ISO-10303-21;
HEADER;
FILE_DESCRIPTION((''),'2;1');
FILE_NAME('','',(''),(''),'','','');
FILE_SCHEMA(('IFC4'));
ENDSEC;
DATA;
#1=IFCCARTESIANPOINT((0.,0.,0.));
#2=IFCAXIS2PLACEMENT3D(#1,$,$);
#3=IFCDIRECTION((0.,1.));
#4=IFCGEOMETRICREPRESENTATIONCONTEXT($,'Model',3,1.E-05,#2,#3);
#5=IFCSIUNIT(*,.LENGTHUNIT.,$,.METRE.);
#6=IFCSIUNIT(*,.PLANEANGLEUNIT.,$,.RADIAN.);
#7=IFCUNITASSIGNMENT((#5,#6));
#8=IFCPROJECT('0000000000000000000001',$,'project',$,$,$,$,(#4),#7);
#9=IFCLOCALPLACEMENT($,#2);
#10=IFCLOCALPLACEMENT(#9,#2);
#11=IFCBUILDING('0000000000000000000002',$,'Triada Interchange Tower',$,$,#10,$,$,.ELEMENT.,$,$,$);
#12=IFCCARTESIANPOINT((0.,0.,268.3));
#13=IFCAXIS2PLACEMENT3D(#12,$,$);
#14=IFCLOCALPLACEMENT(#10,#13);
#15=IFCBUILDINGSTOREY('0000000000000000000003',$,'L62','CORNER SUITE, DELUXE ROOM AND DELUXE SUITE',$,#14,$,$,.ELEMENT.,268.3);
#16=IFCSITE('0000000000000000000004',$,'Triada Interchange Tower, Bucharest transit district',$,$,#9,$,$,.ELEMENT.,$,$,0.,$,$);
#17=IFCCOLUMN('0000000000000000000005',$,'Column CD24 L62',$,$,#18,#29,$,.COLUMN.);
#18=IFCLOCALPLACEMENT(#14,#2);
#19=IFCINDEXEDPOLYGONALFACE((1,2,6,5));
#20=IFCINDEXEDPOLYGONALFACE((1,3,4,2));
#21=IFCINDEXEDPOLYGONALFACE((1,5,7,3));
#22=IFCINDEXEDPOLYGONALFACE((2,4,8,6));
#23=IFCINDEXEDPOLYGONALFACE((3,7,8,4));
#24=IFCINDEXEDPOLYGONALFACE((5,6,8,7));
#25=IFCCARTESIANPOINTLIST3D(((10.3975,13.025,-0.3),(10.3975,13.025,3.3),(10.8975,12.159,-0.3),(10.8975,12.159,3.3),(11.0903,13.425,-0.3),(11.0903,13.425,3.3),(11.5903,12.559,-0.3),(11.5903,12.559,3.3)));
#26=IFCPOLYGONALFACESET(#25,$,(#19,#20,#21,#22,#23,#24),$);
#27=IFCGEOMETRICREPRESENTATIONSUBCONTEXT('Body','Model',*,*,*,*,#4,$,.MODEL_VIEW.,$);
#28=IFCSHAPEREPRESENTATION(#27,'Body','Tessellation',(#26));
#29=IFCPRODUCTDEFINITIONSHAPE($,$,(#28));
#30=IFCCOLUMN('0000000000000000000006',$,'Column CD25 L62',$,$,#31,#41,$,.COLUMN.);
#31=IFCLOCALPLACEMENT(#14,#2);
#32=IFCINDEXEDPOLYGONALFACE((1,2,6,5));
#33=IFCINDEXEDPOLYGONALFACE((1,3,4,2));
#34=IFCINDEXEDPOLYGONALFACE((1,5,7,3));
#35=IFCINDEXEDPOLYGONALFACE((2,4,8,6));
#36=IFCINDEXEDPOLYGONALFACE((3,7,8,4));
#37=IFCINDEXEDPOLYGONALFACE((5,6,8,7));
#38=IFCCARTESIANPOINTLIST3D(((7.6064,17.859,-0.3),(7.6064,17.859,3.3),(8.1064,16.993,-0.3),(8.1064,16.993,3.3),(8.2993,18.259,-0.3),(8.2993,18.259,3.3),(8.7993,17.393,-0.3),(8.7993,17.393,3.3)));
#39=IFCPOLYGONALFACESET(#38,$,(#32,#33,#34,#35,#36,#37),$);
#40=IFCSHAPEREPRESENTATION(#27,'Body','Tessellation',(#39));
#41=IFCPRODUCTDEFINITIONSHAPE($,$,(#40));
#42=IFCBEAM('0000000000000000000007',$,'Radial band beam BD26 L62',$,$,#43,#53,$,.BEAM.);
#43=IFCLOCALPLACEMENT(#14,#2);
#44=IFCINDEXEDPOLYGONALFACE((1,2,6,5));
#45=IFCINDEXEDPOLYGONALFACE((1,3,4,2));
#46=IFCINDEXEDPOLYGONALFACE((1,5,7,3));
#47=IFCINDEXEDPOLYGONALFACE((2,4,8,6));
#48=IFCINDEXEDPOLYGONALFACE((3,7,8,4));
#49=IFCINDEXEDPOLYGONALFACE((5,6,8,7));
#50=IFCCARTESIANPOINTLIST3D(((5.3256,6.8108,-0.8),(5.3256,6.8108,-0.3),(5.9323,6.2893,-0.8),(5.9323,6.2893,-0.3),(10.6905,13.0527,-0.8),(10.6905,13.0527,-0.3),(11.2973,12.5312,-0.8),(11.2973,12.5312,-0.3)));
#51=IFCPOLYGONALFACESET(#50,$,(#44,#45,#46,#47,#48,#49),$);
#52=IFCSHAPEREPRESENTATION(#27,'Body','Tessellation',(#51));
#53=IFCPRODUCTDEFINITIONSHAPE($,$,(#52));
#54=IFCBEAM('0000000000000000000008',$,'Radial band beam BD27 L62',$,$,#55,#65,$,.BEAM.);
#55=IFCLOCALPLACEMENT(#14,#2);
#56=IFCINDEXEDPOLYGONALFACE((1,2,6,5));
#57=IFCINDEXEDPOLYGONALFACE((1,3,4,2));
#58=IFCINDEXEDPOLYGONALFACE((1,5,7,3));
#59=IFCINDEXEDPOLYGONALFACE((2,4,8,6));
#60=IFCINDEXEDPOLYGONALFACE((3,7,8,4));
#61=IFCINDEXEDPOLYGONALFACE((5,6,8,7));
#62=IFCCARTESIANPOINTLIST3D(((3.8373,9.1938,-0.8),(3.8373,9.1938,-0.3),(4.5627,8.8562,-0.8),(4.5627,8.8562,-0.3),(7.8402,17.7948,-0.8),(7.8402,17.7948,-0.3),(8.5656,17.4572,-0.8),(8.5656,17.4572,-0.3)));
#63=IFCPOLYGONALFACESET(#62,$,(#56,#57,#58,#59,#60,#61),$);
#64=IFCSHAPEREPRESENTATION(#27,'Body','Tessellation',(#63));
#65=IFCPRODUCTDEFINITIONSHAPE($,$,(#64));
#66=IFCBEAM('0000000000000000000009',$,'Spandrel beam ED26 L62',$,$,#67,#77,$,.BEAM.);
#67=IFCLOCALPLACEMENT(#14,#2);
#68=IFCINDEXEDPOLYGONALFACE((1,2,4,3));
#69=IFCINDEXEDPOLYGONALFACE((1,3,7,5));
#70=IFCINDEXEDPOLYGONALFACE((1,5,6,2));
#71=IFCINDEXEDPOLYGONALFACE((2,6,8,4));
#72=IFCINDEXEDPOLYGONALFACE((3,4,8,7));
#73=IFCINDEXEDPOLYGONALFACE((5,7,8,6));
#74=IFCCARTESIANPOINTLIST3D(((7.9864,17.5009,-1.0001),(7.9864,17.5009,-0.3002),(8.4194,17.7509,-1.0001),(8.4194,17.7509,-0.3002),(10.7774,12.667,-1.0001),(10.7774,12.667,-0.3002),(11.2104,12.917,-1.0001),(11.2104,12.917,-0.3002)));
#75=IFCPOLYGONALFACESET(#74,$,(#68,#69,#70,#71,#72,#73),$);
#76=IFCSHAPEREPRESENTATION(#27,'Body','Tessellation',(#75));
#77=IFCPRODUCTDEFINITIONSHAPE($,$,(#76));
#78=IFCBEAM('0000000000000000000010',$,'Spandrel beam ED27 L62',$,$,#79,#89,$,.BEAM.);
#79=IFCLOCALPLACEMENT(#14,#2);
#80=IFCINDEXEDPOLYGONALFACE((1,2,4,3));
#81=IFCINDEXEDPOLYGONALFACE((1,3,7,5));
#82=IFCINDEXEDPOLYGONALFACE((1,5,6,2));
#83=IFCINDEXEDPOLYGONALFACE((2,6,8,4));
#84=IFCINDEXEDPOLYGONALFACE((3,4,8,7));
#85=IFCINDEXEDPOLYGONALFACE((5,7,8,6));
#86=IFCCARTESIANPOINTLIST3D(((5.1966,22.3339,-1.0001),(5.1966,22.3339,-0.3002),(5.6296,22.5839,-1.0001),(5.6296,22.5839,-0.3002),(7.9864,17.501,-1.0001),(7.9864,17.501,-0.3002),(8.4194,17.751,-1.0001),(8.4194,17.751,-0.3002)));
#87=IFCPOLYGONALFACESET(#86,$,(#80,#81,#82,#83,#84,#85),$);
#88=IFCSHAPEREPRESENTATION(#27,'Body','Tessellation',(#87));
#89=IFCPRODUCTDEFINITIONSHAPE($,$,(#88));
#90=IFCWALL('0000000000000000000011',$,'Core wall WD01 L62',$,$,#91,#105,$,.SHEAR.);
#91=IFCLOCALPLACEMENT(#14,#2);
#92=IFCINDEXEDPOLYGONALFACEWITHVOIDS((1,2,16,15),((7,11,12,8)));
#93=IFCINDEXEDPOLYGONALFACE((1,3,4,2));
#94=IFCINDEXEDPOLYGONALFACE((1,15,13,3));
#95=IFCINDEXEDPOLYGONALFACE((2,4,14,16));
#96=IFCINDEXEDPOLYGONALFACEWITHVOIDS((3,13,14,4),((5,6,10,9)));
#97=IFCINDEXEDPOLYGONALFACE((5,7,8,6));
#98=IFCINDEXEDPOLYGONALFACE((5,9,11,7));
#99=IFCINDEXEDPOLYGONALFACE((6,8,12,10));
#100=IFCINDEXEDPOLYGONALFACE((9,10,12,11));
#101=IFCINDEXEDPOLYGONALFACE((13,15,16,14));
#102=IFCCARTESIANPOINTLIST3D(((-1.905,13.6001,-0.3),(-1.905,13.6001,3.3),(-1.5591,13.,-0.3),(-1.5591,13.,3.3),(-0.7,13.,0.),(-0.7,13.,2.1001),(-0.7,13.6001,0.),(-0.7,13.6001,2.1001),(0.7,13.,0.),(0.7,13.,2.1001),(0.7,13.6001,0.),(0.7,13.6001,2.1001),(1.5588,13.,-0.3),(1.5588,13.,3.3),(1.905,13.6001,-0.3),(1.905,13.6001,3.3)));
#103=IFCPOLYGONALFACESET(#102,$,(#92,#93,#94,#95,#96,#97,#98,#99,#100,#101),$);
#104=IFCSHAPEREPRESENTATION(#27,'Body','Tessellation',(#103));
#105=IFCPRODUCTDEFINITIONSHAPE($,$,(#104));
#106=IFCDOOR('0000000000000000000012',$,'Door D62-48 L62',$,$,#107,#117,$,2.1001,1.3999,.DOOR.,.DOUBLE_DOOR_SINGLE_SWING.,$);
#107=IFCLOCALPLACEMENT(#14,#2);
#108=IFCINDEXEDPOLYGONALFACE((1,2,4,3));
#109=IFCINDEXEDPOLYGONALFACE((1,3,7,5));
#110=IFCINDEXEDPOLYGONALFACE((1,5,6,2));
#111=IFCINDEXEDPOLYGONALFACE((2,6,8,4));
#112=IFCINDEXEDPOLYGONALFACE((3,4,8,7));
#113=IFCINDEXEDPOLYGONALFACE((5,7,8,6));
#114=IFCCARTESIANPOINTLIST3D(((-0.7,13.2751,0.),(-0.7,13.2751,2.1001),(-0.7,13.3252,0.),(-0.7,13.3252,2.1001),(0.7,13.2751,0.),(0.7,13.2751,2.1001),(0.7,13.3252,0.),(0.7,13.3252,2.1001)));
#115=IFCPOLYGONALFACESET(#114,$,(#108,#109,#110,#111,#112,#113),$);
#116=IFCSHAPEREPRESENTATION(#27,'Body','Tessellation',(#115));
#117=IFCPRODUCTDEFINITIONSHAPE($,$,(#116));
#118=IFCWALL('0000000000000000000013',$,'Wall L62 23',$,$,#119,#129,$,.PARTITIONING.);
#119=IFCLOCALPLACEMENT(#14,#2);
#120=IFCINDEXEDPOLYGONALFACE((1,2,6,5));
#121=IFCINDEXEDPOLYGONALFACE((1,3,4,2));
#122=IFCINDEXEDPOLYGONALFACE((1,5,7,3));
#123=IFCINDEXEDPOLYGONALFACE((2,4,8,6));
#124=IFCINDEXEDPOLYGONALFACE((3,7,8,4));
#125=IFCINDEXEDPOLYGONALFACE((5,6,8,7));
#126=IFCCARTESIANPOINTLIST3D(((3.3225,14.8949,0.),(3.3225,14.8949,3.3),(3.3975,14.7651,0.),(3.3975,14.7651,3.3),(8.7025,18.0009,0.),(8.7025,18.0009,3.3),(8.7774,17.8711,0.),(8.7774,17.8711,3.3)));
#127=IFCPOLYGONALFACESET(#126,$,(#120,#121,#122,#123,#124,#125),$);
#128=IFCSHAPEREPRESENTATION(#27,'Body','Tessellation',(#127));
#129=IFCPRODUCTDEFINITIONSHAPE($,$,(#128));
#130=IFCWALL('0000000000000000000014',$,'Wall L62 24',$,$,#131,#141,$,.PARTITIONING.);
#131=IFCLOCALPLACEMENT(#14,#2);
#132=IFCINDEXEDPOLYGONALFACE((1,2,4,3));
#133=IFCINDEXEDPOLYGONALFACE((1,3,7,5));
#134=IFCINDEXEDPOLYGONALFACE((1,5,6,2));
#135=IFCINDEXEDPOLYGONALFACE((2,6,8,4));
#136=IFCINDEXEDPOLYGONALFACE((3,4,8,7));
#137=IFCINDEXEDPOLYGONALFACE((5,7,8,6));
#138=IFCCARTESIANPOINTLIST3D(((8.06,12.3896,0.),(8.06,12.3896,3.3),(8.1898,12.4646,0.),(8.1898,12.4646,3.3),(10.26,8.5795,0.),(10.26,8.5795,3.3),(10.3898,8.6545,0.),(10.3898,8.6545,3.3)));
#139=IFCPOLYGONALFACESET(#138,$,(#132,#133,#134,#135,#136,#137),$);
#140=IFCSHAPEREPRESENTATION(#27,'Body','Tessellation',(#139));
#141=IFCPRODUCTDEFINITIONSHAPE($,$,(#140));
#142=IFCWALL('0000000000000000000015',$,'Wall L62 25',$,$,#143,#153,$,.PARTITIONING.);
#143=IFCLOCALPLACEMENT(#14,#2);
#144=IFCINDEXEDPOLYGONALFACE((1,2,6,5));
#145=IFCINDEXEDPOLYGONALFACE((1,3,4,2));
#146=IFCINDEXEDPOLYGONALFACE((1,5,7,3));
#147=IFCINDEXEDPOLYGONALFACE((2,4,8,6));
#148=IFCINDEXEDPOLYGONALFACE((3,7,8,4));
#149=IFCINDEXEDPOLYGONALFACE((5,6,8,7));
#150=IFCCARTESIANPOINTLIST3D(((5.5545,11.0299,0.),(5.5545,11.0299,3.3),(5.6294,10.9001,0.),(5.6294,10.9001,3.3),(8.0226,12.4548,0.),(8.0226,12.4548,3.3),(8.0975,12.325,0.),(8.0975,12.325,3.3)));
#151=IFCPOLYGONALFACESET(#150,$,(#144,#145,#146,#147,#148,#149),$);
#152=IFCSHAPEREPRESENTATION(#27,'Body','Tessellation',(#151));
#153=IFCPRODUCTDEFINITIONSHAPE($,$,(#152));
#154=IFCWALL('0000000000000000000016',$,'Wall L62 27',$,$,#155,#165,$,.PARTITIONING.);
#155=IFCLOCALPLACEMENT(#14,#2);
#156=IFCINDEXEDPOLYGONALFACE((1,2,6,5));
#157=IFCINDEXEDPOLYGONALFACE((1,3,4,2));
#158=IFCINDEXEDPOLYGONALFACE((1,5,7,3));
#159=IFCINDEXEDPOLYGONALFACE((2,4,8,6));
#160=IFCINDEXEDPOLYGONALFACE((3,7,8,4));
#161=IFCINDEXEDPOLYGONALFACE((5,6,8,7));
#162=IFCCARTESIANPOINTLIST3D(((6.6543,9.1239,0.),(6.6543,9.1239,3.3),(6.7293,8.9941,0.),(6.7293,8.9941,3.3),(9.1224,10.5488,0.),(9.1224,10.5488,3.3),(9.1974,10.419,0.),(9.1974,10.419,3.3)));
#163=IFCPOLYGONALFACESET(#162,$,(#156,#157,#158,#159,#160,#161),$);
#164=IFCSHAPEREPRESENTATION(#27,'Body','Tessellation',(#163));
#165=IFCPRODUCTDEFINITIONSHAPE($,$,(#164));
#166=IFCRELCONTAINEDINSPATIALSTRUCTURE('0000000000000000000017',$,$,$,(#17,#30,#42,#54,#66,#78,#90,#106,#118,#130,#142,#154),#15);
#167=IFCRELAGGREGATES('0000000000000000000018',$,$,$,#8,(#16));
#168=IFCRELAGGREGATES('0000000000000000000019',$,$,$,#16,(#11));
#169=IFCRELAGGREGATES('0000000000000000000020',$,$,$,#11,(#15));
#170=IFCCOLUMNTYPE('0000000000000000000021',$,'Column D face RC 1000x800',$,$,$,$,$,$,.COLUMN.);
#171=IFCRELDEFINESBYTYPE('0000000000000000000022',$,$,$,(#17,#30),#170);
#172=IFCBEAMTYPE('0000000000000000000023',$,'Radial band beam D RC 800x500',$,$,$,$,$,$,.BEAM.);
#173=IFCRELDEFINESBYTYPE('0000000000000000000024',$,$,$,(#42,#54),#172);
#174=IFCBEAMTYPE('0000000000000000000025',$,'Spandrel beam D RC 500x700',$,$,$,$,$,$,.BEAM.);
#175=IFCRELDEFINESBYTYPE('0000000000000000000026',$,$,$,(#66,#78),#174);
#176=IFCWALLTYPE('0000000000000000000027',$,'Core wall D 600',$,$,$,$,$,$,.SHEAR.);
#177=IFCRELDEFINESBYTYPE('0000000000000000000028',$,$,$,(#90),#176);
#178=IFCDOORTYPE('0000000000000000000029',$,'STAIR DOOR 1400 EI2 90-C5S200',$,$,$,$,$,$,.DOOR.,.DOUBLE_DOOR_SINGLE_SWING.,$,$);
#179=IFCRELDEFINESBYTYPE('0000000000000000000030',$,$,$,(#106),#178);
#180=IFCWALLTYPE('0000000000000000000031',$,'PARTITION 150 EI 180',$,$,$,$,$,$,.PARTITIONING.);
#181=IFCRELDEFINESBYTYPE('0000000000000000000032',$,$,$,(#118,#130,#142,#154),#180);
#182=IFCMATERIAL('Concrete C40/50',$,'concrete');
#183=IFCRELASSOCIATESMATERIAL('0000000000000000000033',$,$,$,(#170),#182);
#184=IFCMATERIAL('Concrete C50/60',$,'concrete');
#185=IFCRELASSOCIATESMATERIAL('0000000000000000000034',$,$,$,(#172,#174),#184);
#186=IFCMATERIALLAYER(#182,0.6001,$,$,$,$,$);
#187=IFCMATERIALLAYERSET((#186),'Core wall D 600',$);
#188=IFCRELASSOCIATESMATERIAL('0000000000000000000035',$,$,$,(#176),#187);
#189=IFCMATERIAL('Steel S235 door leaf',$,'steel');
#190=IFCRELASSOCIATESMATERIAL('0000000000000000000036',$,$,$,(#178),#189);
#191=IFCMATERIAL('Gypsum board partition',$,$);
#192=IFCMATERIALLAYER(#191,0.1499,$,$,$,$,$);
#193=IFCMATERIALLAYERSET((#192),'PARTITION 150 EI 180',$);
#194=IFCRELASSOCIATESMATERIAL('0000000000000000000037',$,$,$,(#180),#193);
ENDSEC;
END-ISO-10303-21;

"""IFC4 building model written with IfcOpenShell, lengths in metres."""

from ifc_helpers import new_model, si_unit, direction, frame, frame_2d, origin, origin_2d, place, context, subcontext, project, spatial, polyline, rectangle, outline, extrude, material, layer, layer_set, material_profile, profile_set, type_object, element, fill, save


model = new_model("IFC4")

# Units and contexts
model_context = context("Model", 3, precision=1e-05, world=origin(), true_north=direction((0.0, 1.0)))
body_context = subcontext(model_context, "Body", "Model", "MODEL_VIEW")
ifc_project = project(units=[si_unit("LENGTHUNIT", "METRE"), si_unit("PLANEANGLEUNIT", "RADIAN")], contexts=[model_context])

# Site, building, storey
site_placement = place(None, origin())
site = spatial("IfcSite", under=ifc_project, at=site_placement, Name="Triada Interchange Tower, Bucharest transit district", CompositionType="ELEMENT", RefElevation=0.0)
building_placement = place(site_placement, origin())
building = spatial("IfcBuilding", under=site, at=building_placement, Name="Triada Interchange Tower", CompositionType="ELEMENT")
storey_placement = place(building_placement, frame((0.0, 0.0, 268.3)))
storey = spatial("IfcBuildingStorey", under=building, at=storey_placement, Name="L62", Description="CORNER SUITE, DELUXE ROOM AND DELUXE SUITE", CompositionType="ELEMENT", Elevation=268.3)

# Columns
ifc_material_1 = material(Name="Concrete C40/50", Category="concrete")
ifc_material_profile_1 = material_profile(ifc_material_1, rectangle(XDim=1.0, YDim=0.8, at=origin_2d()), Name="RC 1000x800")
ifc_profile_set_1 = profile_set([ifc_material_profile_1], Name="Concrete C40/50")
column_type = type_object("IfcColumnType", Name="Column D face RC 1000x800", PredefinedType="COLUMN", material=ifc_profile_set_1)
for number, where, z_axis, x_axis, name in (
    (1, (10.9939, 12.792, -0.3), (0.0, 0.0, 1.0), (-0.5, 0.866025, 0.0), "Column CD24 L62"),
    (2, (8.2029, 17.626, -0.3), (0.0, 0.0, 1.0), (-0.5, 0.866025, 0.0), "Column CD25 L62"),
):
    element("IfcColumn", number, at=place(storey_placement, frame(where, z_axis=z_axis, x_axis=x_axis)), inside=storey, type_object=column_type, Name=name, PredefinedType="COLUMN", context=body_context, shape_type="SweptSolid", body=[
        extrude(rectangle(XDim=1.0, YDim=0.8, at=origin_2d()), origin(), (0.0, 0.0, 1.0), 3.6001),
    ])

# Beams
ifc_material_2 = material(Name="Concrete C50/60", Category="concrete")
ifc_material_profile_2 = material_profile(ifc_material_2, rectangle(XDim=0.8, YDim=0.5, at=origin_2d()), Name="RC 800x500")
ifc_profile_set_2 = profile_set([ifc_material_profile_2], Name="Concrete C50/60")
beam_type_1 = type_object("IfcBeamType", Name="Radial band beam D RC 800x500", PredefinedType="BEAM", material=ifc_profile_set_2)
beam_1_placement = place(storey_placement, frame((10.9939, 12.792, -0.55), z_axis=(-0.651824, -0.75837, 0.0), x_axis=(0.75837, -0.651824, 0.0)))
element("IfcBeam", 3, at=beam_1_placement, inside=storey, type_object=beam_type_1, Name="Radial band beam BD26 L62", PredefinedType="BEAM", context=body_context, shape_type="SweptSolid", body=[
    extrude(rectangle(XDim=0.8, YDim=0.5, at=origin_2d()), origin(), (0.0, 0.0, 1.0), 8.2307),
])
beam_2_placement = place(storey_placement, frame((8.2029, 17.626, -0.55), z_axis=(-0.421941, -0.906623, 0.0), x_axis=(0.906623, -0.421941, 0.0)))
element("IfcBeam", 4, at=beam_2_placement, inside=storey, type_object=beam_type_1, Name="Radial band beam BD27 L62", PredefinedType="BEAM", context=body_context, shape_type="SweptSolid", body=[
    extrude(rectangle(XDim=0.8, YDim=0.5, at=origin_2d()), origin(), (0.0, 0.0, 1.0), 9.4868),
])
ifc_material_profile_3 = material_profile(ifc_material_2, rectangle(XDim=0.5, YDim=0.7, at=origin_2d()), Name="RC 500x700")
ifc_profile_set_3 = profile_set([ifc_material_profile_3], Name="Concrete C50/60")
beam_type_2 = type_object("IfcBeamType", Name="Spandrel beam D RC 500x700", PredefinedType="BEAM", material=ifc_profile_set_3)
beam_3_placement = place(storey_placement, frame((10.9939, 12.792, -0.6501), z_axis=(-0.500015, 0.866017, 0.0), x_axis=(-0.866017, -0.500015, 0.0)))
element("IfcBeam", 5, at=beam_3_placement, inside=storey, type_object=beam_type_2, Name="Spandrel beam ED26 L62", PredefinedType="BEAM", context=body_context, shape_type="SweptSolid", body=[
    extrude(rectangle(XDim=0.5, YDim=0.7, at=origin_2d()), origin(), (0.0, 0.0, 1.0), 5.5818),
])
beam_4_placement = place(storey_placement, frame((8.2029, 17.626, -0.6501), z_axis=(-0.499927, 0.866068, 0.0), x_axis=(-0.866068, -0.499927, 0.0)))
element("IfcBeam", 6, at=beam_4_placement, inside=storey, type_object=beam_type_2, Name="Spandrel beam ED27 L62", PredefinedType="BEAM", context=body_context, shape_type="SweptSolid", body=[
    extrude(rectangle(XDim=0.5, YDim=0.7, at=origin_2d()), origin(), (0.0, 0.0, 1.0), 5.5803),
])

# Wall, opening, door
ifc_layer_1 = layer(ifc_material_1, 0.6001)
ifc_layer_set_1 = layer_set([ifc_layer_1], Name="Core wall D 600")
wall_type_1 = type_object("IfcWallType", Name="Core wall D 600", PredefinedType="SHEAR", material=ifc_layer_set_1)
wall_1_placement = place(storey_placement, frame((1.7319, 13.3, -0.3), z_axis=(0.0, 0.0, 1.0), x_axis=(-1.0, 0.0, 0.0)))
wall_1 = element("IfcWall", 7, at=wall_1_placement, inside=storey, type_object=wall_type_1, Name="Core wall WD01 L62", PredefinedType="SHEAR", context=body_context, shape_type="SweptSolid", body=[
    extrude(outline(polyline([(-0.1731, -0.3), (1.7319, -0.3), (3.637, -0.3), (3.291, 0.3), (1.7319, 0.3), (0.1731, 0.3), (-0.1731, -0.3)])), origin(), (0.0, 0.0, 1.0), 3.6001),
])
opening_1_placement = place(wall_1_placement, frame((1.032, 0.0, 0.3)))
opening_1 = element("IfcOpeningElement", 8, at=opening_1_placement, cuts=wall_1, PredefinedType="OPENING", context=body_context, shape_type="SweptSolid", body=[
    extrude(rectangle(XDim=1.3999, YDim=2.1001, at=frame_2d((0.7, 1.05))), frame((0.0, 0.3101, 0.0), z_axis=(0.0, -1.0, 0.0), x_axis=(1.0, 0.0, 0.0)), (0.0, 0.0, 1.0), 0.6201),
])
ifc_material_3 = material(Name="Steel S235 door leaf", Category="steel")
door_type_1 = type_object("IfcDoorType", Name="STAIR DOOR 1400 EI2 90-C5S200", OperationType="DOUBLE_DOOR_SINGLE_SWING", PredefinedType="DOOR", material=ifc_material_3)
door_1_placement = place(opening_1_placement, origin())
door_1 = element("IfcDoor", 9, at=door_1_placement, inside=storey, type_object=door_type_1, Name="Door D62-48 L62", OperationType="DOUBLE_DOOR_SINGLE_SWING", OverallHeight=2.1001, OverallWidth=1.3999, PredefinedType="DOOR", context=body_context, shape_type="SweptSolid", body=[
    extrude(rectangle(XDim=1.3999, YDim=2.1001, at=frame_2d((0.7, 1.05))), frame((0.0, 0.0249, 0.0), z_axis=(0.0, -1.0, 0.0), x_axis=(1.0, 0.0, 0.0)), (0.0, 0.0, 1.0), 0.05),
])
fill(opening_1, door_1)

# Walls
ifc_material_4 = material(Name="Gypsum board partition")
ifc_layer_2 = layer(ifc_material_4, 0.1499)
ifc_layer_set_2 = layer_set([ifc_layer_2], Name="PARTITION 150 EI 180")
wall_type_2 = type_object("IfcWallType", Name="PARTITION 150 EI 180", PredefinedType="PARTITIONING", material=ifc_layer_set_2)
wall_2_placement = place(storey_placement, frame((3.3601, 14.8301, 0.0), z_axis=(0.0, 0.0, 1.0), x_axis=(0.866034, 0.499986, 0.0)))
element("IfcWall", 10, at=wall_2_placement, inside=storey, type_object=wall_type_2, Name="Wall L62 23", PredefinedType="PARTITIONING", context=body_context, shape_type="SweptSolid", body=[
    extrude(rectangle(XDim=6.2122, YDim=0.1499, at=frame_2d((3.106, 0.0))), origin(), (0.0, 0.0, 1.0), 3.3),
])
wall_3_placement = place(storey_placement, frame((8.125, 12.427, 0.0), z_axis=(0.0, 0.0, 1.0), x_axis=(0.500036, -0.866004, 0.0)))
element("IfcWall", 11, at=wall_3_placement, inside=storey, type_object=wall_type_2, Name="Wall L62 24", PredefinedType="PARTITIONING", context=body_context, shape_type="SweptSolid", body=[
    extrude(rectangle(XDim=4.3997, YDim=0.1499, at=frame_2d((2.1997, 0.0))), origin(), (0.0, 0.0, 1.0), 3.3),
])
for number, where, z_axis, x_axis, name in (
    (12, (5.592, 10.9651, 0.0), (0.0, 0.0, 1.0), (0.866041, 0.499972, 0.0), "Wall L62 25"),
    (13, (6.6919, 9.0591, 0.0), (0.0, 0.0, 1.0), (0.866041, 0.499972, 0.0), "Wall L62 27"),
):
    element("IfcWall", number, at=place(storey_placement, frame(where, z_axis=z_axis, x_axis=x_axis)), inside=storey, type_object=wall_type_2, Name=name, PredefinedType="PARTITIONING", context=body_context, shape_type="SweptSolid", body=[
        extrude(rectangle(XDim=2.8499, YDim=0.1499, at=frame_2d((1.4248, 0.0))), origin(), (0.0, 0.0, 1.0), 3.3),
    ])

save(model, "model.ifc")
